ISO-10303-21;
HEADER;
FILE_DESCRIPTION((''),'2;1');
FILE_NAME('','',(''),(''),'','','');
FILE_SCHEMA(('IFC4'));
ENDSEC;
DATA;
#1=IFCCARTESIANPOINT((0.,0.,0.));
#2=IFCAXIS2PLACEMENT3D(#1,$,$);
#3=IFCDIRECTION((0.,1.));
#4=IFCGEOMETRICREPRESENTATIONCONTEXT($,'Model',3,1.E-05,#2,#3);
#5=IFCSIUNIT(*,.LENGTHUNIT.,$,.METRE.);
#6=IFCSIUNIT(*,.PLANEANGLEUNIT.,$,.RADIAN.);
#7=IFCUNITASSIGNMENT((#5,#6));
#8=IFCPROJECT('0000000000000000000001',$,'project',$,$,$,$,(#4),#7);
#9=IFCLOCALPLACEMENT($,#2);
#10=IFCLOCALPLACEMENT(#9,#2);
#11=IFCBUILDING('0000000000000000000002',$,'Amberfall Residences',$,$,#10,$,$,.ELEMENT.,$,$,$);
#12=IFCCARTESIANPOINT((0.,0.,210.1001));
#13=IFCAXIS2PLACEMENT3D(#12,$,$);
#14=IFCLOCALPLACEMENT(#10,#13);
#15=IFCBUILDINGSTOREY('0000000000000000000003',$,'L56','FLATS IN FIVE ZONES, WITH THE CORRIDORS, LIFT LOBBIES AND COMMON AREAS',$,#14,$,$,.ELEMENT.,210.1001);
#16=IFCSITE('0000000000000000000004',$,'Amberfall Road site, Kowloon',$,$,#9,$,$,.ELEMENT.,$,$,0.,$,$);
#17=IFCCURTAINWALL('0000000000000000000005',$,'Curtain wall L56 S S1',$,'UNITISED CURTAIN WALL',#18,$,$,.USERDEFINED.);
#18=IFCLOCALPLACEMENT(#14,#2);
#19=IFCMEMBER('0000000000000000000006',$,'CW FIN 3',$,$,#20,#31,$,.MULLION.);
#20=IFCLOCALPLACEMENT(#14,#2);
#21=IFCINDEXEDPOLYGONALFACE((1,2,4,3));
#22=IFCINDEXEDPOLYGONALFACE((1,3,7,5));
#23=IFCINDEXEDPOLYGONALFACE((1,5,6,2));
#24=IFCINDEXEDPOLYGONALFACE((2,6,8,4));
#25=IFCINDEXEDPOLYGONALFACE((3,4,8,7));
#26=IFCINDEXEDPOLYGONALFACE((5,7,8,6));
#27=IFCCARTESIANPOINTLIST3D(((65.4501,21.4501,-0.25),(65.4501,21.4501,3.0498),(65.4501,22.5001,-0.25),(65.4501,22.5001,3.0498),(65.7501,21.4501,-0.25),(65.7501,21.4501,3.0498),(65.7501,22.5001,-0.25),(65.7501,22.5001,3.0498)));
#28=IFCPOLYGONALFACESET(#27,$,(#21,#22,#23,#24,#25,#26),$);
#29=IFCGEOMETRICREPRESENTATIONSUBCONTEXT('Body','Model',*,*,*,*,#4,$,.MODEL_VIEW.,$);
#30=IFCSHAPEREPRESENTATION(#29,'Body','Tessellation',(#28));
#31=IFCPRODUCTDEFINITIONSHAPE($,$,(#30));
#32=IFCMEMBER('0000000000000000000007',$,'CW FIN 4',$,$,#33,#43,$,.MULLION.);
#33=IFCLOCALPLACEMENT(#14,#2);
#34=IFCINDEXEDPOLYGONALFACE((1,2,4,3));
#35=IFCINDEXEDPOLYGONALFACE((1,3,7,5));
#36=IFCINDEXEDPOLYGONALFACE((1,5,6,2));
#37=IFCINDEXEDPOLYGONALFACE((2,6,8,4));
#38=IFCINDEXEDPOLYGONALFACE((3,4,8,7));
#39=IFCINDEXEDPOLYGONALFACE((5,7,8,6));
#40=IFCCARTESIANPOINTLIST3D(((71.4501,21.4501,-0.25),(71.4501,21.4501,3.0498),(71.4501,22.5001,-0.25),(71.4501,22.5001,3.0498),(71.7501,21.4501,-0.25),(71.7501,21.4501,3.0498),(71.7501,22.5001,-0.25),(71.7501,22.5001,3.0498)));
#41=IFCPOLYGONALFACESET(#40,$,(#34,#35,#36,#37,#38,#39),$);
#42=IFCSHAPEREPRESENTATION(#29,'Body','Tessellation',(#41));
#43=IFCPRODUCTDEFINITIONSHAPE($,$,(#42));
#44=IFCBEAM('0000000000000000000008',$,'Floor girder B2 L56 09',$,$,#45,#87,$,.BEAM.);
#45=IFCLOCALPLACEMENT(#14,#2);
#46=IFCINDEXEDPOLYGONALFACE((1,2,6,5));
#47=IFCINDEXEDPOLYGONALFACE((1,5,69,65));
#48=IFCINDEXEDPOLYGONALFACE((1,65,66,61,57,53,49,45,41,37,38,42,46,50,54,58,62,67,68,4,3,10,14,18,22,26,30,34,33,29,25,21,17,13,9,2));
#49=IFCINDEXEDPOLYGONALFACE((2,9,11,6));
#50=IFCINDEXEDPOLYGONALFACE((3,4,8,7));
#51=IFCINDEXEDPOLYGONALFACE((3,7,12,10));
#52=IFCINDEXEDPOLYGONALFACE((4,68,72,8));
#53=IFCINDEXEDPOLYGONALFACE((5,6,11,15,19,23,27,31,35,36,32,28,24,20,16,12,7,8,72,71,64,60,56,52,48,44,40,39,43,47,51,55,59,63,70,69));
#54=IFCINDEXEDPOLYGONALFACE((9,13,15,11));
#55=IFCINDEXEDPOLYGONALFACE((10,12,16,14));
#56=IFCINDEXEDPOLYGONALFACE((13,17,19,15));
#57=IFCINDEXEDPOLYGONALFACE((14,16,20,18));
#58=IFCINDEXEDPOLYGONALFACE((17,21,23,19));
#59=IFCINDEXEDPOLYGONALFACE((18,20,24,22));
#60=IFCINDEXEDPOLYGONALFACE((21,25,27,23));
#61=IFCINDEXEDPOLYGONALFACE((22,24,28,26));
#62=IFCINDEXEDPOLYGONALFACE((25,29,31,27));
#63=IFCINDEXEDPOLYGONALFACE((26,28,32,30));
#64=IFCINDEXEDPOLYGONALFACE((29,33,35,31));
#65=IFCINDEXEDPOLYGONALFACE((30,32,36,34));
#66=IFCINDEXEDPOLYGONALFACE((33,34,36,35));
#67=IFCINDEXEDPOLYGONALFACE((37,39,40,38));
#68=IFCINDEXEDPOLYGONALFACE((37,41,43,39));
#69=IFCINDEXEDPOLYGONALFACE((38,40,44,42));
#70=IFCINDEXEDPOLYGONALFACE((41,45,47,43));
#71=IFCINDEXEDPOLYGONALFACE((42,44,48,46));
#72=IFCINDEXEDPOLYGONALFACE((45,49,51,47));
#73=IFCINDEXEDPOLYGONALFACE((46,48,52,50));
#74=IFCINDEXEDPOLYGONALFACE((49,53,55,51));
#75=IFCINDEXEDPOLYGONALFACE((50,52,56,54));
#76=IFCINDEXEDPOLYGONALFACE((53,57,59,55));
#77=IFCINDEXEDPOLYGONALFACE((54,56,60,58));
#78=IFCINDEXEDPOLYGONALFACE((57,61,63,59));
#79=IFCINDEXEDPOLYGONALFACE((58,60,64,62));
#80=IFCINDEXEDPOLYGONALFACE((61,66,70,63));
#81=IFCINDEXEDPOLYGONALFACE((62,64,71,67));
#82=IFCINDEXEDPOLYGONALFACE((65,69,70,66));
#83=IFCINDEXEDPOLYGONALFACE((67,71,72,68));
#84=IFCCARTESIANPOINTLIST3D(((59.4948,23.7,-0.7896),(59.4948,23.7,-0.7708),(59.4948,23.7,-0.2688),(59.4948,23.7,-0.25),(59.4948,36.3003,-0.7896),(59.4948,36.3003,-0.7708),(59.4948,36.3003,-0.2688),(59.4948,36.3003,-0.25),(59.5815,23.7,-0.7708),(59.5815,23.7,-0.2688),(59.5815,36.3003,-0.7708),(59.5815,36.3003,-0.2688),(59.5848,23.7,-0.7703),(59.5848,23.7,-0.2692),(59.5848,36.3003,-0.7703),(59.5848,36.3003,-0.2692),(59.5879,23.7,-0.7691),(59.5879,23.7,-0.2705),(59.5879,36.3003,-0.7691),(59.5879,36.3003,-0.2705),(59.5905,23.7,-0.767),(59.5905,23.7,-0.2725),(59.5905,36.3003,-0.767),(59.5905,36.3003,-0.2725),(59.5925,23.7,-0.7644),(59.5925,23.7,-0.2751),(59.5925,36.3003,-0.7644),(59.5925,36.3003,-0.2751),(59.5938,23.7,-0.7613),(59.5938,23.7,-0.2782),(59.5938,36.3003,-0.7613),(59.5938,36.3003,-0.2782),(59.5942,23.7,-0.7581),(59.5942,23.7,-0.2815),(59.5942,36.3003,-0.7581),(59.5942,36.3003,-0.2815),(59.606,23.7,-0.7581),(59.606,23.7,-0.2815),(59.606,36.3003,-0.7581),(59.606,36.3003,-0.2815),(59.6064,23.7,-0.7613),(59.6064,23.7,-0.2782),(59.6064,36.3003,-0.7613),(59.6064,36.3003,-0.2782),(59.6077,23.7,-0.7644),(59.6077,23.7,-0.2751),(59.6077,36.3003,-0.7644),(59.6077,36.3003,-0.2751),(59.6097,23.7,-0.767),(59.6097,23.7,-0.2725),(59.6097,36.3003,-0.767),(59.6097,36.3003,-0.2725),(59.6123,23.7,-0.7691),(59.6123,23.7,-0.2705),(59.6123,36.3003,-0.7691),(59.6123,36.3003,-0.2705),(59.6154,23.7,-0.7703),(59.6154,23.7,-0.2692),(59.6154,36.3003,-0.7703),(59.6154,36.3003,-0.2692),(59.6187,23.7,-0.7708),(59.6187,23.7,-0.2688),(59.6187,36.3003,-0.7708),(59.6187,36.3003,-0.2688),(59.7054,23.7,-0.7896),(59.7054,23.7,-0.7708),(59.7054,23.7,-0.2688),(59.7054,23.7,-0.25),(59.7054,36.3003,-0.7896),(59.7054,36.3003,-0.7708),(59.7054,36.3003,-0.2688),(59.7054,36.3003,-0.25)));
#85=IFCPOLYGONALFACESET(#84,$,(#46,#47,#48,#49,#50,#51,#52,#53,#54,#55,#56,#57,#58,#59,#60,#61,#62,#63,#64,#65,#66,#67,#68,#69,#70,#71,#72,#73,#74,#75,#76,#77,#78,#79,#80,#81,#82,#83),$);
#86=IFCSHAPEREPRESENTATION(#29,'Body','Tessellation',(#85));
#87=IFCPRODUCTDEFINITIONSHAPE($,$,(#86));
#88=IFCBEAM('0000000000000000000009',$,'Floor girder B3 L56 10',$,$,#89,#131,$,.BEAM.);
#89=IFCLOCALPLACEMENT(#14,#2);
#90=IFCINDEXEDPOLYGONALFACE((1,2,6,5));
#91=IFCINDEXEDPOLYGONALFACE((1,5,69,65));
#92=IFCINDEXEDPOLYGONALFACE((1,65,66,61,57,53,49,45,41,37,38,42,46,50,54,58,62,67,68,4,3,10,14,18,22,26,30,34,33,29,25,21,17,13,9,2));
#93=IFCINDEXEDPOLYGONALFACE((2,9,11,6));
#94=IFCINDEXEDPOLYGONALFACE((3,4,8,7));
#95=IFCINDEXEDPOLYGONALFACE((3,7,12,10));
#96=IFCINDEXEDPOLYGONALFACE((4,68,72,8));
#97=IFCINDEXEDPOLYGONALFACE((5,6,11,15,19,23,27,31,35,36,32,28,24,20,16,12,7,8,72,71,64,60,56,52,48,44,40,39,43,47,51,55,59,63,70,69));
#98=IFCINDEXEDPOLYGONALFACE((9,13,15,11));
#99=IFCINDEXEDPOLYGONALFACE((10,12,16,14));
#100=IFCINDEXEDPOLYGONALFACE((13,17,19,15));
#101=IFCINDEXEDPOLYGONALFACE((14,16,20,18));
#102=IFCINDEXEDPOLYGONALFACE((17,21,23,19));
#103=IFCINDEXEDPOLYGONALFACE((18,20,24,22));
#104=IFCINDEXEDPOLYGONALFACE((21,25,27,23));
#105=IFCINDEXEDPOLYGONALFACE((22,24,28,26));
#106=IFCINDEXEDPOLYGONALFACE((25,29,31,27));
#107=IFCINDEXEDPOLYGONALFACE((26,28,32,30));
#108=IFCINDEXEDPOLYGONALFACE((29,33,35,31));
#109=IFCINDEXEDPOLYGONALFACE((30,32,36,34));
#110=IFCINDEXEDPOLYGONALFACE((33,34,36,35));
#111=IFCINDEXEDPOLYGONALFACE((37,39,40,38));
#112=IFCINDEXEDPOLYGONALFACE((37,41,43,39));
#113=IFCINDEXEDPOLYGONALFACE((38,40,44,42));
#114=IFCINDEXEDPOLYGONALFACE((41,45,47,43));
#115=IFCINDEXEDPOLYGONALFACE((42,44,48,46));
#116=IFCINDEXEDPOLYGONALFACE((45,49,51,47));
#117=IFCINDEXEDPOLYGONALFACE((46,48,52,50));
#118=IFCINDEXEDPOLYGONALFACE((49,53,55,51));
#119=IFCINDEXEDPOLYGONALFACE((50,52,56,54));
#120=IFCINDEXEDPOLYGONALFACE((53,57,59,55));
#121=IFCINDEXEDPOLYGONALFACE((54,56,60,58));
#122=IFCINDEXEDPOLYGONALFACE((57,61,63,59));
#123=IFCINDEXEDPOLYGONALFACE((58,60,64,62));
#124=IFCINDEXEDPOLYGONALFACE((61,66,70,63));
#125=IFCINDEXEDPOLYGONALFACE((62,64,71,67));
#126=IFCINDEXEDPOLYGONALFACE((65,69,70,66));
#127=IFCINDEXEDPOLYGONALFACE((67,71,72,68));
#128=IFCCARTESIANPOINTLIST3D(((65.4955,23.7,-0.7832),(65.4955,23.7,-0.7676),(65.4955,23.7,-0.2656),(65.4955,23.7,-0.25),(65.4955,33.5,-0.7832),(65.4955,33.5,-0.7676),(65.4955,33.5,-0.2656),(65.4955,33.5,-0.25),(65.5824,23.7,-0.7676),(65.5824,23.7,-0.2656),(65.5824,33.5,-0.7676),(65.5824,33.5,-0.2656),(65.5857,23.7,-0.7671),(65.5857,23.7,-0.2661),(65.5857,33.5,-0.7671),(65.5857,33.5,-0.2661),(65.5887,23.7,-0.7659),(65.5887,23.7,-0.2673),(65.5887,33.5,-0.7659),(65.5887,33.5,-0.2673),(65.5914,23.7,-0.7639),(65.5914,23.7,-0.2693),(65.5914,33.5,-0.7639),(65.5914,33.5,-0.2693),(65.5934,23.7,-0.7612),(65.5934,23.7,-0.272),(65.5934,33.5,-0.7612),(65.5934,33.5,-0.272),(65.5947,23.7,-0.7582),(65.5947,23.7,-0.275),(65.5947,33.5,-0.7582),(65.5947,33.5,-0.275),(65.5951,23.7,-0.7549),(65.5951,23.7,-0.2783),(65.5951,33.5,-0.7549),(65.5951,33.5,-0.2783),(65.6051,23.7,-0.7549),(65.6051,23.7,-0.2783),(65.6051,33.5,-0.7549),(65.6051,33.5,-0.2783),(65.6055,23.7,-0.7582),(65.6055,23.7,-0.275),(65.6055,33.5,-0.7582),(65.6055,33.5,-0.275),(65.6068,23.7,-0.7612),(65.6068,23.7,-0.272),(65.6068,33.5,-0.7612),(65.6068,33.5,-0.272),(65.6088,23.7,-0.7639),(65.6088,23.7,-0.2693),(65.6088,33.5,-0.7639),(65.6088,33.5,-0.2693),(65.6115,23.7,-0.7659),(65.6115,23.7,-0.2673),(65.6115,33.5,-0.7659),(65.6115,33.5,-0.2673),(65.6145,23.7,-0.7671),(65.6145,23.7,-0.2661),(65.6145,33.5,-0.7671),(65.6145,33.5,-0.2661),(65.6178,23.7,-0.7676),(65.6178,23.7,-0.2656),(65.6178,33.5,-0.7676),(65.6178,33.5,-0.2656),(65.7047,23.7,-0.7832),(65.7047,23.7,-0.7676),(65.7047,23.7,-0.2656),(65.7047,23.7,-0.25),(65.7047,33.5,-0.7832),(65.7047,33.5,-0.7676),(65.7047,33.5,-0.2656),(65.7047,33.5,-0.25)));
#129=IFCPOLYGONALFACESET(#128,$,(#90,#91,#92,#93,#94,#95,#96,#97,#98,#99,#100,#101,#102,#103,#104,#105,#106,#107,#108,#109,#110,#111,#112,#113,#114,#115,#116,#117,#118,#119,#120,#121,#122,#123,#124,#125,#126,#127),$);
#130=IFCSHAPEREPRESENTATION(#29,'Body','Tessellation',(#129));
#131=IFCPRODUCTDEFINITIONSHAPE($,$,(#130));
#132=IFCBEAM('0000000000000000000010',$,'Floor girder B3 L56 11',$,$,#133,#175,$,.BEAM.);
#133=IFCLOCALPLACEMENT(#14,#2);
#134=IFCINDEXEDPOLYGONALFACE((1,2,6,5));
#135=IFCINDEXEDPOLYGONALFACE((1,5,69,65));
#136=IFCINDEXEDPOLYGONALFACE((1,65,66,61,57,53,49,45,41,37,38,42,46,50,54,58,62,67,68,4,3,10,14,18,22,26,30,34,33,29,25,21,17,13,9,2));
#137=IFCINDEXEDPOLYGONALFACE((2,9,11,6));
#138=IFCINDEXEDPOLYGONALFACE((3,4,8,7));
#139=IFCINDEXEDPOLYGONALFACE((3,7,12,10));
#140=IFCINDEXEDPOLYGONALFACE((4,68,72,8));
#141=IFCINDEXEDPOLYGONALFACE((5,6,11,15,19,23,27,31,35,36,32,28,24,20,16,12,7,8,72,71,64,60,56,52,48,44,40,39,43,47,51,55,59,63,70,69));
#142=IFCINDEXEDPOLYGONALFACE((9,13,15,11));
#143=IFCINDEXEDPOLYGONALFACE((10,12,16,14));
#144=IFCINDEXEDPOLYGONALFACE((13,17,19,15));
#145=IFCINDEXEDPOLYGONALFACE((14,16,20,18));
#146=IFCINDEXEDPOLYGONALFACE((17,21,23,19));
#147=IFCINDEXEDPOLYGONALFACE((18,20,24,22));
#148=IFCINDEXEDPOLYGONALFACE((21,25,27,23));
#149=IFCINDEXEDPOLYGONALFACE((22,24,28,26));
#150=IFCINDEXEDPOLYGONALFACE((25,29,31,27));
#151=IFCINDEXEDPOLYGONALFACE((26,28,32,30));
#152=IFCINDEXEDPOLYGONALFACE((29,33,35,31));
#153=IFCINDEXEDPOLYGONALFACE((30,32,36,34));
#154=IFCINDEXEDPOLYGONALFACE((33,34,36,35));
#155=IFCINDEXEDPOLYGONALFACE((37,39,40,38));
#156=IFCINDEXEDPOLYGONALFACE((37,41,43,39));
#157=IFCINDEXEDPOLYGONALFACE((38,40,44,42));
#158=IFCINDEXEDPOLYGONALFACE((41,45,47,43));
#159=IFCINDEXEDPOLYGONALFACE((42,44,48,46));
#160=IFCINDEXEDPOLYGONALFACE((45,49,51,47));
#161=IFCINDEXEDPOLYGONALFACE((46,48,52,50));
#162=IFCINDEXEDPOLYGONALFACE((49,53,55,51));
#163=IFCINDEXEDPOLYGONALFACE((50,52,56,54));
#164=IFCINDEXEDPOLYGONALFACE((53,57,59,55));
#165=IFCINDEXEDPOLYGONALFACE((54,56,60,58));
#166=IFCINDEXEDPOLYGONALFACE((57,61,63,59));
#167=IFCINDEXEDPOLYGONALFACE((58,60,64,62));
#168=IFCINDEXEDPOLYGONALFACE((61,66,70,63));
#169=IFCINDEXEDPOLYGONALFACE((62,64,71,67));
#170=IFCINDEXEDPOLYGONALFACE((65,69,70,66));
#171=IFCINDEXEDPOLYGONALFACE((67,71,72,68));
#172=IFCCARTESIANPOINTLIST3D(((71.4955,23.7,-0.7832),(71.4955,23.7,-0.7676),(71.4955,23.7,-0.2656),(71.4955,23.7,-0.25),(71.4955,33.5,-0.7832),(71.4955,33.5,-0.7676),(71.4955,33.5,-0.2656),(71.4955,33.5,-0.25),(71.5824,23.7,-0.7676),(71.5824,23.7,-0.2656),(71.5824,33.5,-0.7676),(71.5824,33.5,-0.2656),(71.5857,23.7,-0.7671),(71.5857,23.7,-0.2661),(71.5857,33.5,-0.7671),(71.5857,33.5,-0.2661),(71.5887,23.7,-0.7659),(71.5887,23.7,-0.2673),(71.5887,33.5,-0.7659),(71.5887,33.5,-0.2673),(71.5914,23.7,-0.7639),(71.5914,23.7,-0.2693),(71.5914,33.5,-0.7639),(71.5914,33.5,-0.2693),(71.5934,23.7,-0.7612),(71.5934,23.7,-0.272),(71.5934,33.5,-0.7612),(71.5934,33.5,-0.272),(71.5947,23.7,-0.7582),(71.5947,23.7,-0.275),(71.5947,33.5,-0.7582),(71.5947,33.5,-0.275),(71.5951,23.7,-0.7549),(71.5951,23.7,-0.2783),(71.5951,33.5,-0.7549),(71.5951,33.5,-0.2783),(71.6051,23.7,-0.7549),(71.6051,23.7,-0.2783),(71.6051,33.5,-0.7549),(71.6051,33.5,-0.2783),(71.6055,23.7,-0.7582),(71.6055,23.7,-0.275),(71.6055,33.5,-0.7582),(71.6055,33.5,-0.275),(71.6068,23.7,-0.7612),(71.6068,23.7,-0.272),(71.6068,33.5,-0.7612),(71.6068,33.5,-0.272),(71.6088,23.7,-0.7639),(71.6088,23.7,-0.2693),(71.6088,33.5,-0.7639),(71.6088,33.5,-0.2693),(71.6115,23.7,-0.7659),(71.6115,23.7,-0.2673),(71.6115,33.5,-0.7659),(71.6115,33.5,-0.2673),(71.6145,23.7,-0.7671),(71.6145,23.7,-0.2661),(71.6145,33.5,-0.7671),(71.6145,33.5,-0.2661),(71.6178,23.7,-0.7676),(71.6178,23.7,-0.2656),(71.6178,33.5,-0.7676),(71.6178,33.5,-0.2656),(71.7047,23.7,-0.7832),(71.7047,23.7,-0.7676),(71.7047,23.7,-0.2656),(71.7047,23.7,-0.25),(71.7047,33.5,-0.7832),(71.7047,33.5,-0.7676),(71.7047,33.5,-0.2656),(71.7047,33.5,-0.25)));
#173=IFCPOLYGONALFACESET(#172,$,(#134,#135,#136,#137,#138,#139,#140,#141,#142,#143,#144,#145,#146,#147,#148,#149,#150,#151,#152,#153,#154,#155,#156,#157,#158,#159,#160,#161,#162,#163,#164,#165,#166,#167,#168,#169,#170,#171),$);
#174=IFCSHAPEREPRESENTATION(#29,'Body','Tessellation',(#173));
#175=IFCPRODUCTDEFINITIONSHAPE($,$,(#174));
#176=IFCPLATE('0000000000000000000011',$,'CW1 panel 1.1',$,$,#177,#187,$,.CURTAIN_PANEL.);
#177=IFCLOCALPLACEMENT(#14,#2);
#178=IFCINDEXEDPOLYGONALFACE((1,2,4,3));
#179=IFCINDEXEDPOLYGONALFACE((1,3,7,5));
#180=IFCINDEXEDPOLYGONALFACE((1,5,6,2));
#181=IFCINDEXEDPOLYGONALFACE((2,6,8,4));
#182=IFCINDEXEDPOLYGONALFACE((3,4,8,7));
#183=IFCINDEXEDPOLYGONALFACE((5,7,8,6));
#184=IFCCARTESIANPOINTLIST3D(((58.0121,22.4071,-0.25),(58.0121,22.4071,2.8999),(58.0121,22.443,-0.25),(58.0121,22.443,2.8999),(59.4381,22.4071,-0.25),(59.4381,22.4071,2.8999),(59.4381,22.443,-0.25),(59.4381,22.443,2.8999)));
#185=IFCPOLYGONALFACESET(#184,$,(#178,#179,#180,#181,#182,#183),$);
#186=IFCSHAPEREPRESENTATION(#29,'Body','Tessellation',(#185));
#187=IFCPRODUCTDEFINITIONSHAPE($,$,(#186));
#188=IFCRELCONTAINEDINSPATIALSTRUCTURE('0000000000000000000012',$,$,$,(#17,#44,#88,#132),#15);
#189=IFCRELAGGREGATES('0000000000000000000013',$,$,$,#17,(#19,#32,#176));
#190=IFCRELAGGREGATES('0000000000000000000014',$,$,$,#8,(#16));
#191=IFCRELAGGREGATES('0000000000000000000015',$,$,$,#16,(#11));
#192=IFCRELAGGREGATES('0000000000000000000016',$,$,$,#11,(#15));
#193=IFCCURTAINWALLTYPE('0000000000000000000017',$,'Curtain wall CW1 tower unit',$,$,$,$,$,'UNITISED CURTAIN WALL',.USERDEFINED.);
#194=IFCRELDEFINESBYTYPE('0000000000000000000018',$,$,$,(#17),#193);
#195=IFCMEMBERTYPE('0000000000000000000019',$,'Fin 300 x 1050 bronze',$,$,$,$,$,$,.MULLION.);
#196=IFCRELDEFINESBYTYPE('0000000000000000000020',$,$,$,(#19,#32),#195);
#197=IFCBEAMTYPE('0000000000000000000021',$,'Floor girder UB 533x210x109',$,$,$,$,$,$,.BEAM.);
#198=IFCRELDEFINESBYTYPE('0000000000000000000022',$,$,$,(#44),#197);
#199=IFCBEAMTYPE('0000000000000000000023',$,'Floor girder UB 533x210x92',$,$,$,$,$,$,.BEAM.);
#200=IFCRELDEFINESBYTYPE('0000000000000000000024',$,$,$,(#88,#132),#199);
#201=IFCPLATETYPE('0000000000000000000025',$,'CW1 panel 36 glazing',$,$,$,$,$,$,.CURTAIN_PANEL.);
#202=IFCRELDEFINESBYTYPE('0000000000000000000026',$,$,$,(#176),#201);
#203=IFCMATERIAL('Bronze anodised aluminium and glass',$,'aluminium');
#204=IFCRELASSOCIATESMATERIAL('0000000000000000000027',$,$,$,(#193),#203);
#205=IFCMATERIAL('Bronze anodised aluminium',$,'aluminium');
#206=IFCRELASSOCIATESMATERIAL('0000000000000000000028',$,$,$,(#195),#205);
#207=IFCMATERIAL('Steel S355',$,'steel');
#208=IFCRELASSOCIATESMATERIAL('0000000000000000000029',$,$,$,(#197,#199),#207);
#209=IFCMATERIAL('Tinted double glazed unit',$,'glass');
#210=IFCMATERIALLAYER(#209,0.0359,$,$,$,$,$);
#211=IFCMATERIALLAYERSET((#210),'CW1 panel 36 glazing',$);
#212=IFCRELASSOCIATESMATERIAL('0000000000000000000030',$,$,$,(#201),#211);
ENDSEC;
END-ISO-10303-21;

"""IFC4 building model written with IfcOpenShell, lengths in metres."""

from ifc_helpers import new_model, si_unit, direction, frame, origin, origin_2d, place, context, subcontext, project, spatial, rectangle, i_section, extrude, material, layer, layer_set, material_profile, profile_set, type_object, element, aggregate, save


model = new_model("IFC4")

# Units and contexts
model_context = context("Model", 3, precision=1e-05, world=origin(), true_north=direction((0.0, 1.0)))
body_context = subcontext(model_context, "Body", "Model", "MODEL_VIEW")
ifc_project = project(units=[si_unit("LENGTHUNIT", "METRE"), si_unit("PLANEANGLEUNIT", "RADIAN")], contexts=[model_context])

# Site, building, storey
site_placement = place(None, origin())
site = spatial("IfcSite", under=ifc_project, at=site_placement, Name="Amberfall Road site, Kowloon", CompositionType="ELEMENT", RefElevation=0.0)
building_placement = place(site_placement, origin())
building = spatial("IfcBuilding", under=site, at=building_placement, Name="Amberfall Residences", CompositionType="ELEMENT")
storey_placement = place(building_placement, frame((0.0, 0.0, 210.1001)))
storey = spatial("IfcBuildingStorey", under=building, at=storey_placement, Name="L56", Description="FLATS IN FIVE ZONES, WITH THE CORRIDORS, LIFT LOBBIES AND COMMON AREAS", CompositionType="ELEMENT", Elevation=210.1001)

# Curtain wall
ifc_material_1 = material(Name="Bronze anodised aluminium and glass", Category="aluminium")
curtain_wall_type = type_object("IfcCurtainWallType", Name="Curtain wall CW1 tower unit", ElementType="UNITISED CURTAIN WALL", PredefinedType="USERDEFINED", material=ifc_material_1)
curtain_wall_placement = place(storey_placement, origin())
curtain_wall = element("IfcCurtainWall", 1, at=curtain_wall_placement, inside=storey, type_object=curtain_wall_type, Name="Curtain wall L56 S S1", ObjectType="UNITISED CURTAIN WALL", PredefinedType="USERDEFINED")
ifc_material_2 = material(Name="Bronze anodised aluminium", Category="aluminium")

# Shared definitions
ifc_material_3 = material(Name="Steel S355", Category="steel")

# Members
ifc_material_profile_1 = material_profile(ifc_material_2, rectangle(XDim=1.05, YDim=0.3, at=origin_2d()), Name="Fin 300 x 1050 bronze")
ifc_profile_set_1 = profile_set([ifc_material_profile_1], Name="Bronze anodised aluminium")
member_type_1 = type_object("IfcMemberType", Name="Fin 300 x 1050 bronze", PredefinedType="MULLION", material=ifc_profile_set_1)
member_1_placement = place(storey_placement, frame((65.6001, 21.9751, -0.25), z_axis=(0.0, 0.0, 1.0), x_axis=(0.0, 1.0, 0.0)))
member_1 = element("IfcMember", 2, at=member_1_placement, type_object=member_type_1, Name="CW FIN 3", PredefinedType="MULLION", context=body_context, shape_type="SweptSolid", body=[
    extrude(rectangle(XDim=1.05, YDim=0.3, at=origin_2d()), origin(), (0.0, 0.0, 1.0), 3.2998),
])
member_2_placement = place(storey_placement, frame((71.6001, 21.9751, -0.25), z_axis=(0.0, 0.0, 1.0), x_axis=(0.0, 1.0, 0.0)))
member_2 = element("IfcMember", 3, at=member_2_placement, type_object=member_type_1, Name="CW FIN 4", PredefinedType="MULLION", context=body_context, shape_type="SweptSolid", body=[
    extrude(rectangle(XDim=1.05, YDim=0.3, at=origin_2d()), origin(), (0.0, 0.0, 1.0), 3.2998),
])

# Beams
ifc_material_profile_2 = material_profile(ifc_material_3, i_section(OverallWidth=0.2107, OverallDepth=0.5396, WebThickness=0.0117, FlangeThickness=0.0188, FilletRadius=0.0127, at=origin_2d()), Name="UB 533x210x109")
ifc_profile_set_2 = profile_set([ifc_material_profile_2], Name="Steel S355")
beam_type_1 = type_object("IfcBeamType", Name="Floor girder UB 533x210x109", PredefinedType="BEAM", material=ifc_profile_set_2)
beam_placement = place(storey_placement, frame((59.6001, 23.7, -0.5198), z_axis=(0.0, 1.0, 0.0), x_axis=(-1.0, 0.0, 0.0)))
element("IfcBeam", 4, at=beam_placement, inside=storey, type_object=beam_type_1, Name="Floor girder B2 L56 09", PredefinedType="BEAM", context=body_context, shape_type="SweptSolid", body=[
    extrude(i_section(OverallWidth=0.2107, OverallDepth=0.5396, WebThickness=0.0117, FlangeThickness=0.0188, FilletRadius=0.0127, at=origin_2d()), origin(), (0.0, 0.0, 1.0), 12.6003),
])
ifc_material_profile_3 = material_profile(ifc_material_3, i_section(OverallWidth=0.2092, OverallDepth=0.5332, WebThickness=0.01, FlangeThickness=0.0156, FilletRadius=0.0127, at=origin_2d()), Name="UB 533x210x92")
ifc_profile_set_3 = profile_set([ifc_material_profile_3], Name="Steel S355")
beam_type_2 = type_object("IfcBeamType", Name="Floor girder UB 533x210x92", PredefinedType="BEAM", material=ifc_profile_set_3)
for number, where, z_axis, x_axis, name in (
    (5, (65.6001, 23.7, -0.5166), (0.0, 1.0, 0.0), (-1.0, 0.0, 0.0), "Floor girder B3 L56 10"),
    (6, (71.6001, 23.7, -0.5166), (0.0, 1.0, 0.0), (-1.0, 0.0, 0.0), "Floor girder B3 L56 11"),
):
    element("IfcBeam", number, at=place(storey_placement, frame(where, z_axis=z_axis, x_axis=x_axis)), inside=storey, type_object=beam_type_2, Name=name, PredefinedType="BEAM", context=body_context, shape_type="SweptSolid", body=[
        extrude(i_section(OverallWidth=0.2092, OverallDepth=0.5332, WebThickness=0.01, FlangeThickness=0.0156, FilletRadius=0.0127, at=origin_2d()), origin(), (0.0, 0.0, 1.0), 9.8),
    ])

# Plate
ifc_material_4 = material(Name="Tinted double glazed unit", Category="glass")
ifc_layer_1 = layer(ifc_material_4, 0.0359)
ifc_layer_set_1 = layer_set([ifc_layer_1], Name="CW1 panel 36 glazing")
plate_type = type_object("IfcPlateType", Name="CW1 panel 36 glazing", PredefinedType="CURTAIN_PANEL", material=ifc_layer_set_1)
plate_1_placement = place(storey_placement, frame((58.7251, 22.425, -0.25), z_axis=(0.0, 0.0, 1.0), x_axis=(1.0, 0.0, 0.0)))
plate_1 = element("IfcPlate", 7, at=plate_1_placement, type_object=plate_type, Name="CW1 panel 1.1", PredefinedType="CURTAIN_PANEL", context=body_context, shape_type="SweptSolid", body=[
    extrude(rectangle(XDim=1.426, YDim=0.0359, at=origin_2d()), origin(), (0.0, 0.0, 1.0), 3.1499),
])
aggregate(curtain_wall, [member_1, member_2, plate_1])

save(model, "model.ifc")
